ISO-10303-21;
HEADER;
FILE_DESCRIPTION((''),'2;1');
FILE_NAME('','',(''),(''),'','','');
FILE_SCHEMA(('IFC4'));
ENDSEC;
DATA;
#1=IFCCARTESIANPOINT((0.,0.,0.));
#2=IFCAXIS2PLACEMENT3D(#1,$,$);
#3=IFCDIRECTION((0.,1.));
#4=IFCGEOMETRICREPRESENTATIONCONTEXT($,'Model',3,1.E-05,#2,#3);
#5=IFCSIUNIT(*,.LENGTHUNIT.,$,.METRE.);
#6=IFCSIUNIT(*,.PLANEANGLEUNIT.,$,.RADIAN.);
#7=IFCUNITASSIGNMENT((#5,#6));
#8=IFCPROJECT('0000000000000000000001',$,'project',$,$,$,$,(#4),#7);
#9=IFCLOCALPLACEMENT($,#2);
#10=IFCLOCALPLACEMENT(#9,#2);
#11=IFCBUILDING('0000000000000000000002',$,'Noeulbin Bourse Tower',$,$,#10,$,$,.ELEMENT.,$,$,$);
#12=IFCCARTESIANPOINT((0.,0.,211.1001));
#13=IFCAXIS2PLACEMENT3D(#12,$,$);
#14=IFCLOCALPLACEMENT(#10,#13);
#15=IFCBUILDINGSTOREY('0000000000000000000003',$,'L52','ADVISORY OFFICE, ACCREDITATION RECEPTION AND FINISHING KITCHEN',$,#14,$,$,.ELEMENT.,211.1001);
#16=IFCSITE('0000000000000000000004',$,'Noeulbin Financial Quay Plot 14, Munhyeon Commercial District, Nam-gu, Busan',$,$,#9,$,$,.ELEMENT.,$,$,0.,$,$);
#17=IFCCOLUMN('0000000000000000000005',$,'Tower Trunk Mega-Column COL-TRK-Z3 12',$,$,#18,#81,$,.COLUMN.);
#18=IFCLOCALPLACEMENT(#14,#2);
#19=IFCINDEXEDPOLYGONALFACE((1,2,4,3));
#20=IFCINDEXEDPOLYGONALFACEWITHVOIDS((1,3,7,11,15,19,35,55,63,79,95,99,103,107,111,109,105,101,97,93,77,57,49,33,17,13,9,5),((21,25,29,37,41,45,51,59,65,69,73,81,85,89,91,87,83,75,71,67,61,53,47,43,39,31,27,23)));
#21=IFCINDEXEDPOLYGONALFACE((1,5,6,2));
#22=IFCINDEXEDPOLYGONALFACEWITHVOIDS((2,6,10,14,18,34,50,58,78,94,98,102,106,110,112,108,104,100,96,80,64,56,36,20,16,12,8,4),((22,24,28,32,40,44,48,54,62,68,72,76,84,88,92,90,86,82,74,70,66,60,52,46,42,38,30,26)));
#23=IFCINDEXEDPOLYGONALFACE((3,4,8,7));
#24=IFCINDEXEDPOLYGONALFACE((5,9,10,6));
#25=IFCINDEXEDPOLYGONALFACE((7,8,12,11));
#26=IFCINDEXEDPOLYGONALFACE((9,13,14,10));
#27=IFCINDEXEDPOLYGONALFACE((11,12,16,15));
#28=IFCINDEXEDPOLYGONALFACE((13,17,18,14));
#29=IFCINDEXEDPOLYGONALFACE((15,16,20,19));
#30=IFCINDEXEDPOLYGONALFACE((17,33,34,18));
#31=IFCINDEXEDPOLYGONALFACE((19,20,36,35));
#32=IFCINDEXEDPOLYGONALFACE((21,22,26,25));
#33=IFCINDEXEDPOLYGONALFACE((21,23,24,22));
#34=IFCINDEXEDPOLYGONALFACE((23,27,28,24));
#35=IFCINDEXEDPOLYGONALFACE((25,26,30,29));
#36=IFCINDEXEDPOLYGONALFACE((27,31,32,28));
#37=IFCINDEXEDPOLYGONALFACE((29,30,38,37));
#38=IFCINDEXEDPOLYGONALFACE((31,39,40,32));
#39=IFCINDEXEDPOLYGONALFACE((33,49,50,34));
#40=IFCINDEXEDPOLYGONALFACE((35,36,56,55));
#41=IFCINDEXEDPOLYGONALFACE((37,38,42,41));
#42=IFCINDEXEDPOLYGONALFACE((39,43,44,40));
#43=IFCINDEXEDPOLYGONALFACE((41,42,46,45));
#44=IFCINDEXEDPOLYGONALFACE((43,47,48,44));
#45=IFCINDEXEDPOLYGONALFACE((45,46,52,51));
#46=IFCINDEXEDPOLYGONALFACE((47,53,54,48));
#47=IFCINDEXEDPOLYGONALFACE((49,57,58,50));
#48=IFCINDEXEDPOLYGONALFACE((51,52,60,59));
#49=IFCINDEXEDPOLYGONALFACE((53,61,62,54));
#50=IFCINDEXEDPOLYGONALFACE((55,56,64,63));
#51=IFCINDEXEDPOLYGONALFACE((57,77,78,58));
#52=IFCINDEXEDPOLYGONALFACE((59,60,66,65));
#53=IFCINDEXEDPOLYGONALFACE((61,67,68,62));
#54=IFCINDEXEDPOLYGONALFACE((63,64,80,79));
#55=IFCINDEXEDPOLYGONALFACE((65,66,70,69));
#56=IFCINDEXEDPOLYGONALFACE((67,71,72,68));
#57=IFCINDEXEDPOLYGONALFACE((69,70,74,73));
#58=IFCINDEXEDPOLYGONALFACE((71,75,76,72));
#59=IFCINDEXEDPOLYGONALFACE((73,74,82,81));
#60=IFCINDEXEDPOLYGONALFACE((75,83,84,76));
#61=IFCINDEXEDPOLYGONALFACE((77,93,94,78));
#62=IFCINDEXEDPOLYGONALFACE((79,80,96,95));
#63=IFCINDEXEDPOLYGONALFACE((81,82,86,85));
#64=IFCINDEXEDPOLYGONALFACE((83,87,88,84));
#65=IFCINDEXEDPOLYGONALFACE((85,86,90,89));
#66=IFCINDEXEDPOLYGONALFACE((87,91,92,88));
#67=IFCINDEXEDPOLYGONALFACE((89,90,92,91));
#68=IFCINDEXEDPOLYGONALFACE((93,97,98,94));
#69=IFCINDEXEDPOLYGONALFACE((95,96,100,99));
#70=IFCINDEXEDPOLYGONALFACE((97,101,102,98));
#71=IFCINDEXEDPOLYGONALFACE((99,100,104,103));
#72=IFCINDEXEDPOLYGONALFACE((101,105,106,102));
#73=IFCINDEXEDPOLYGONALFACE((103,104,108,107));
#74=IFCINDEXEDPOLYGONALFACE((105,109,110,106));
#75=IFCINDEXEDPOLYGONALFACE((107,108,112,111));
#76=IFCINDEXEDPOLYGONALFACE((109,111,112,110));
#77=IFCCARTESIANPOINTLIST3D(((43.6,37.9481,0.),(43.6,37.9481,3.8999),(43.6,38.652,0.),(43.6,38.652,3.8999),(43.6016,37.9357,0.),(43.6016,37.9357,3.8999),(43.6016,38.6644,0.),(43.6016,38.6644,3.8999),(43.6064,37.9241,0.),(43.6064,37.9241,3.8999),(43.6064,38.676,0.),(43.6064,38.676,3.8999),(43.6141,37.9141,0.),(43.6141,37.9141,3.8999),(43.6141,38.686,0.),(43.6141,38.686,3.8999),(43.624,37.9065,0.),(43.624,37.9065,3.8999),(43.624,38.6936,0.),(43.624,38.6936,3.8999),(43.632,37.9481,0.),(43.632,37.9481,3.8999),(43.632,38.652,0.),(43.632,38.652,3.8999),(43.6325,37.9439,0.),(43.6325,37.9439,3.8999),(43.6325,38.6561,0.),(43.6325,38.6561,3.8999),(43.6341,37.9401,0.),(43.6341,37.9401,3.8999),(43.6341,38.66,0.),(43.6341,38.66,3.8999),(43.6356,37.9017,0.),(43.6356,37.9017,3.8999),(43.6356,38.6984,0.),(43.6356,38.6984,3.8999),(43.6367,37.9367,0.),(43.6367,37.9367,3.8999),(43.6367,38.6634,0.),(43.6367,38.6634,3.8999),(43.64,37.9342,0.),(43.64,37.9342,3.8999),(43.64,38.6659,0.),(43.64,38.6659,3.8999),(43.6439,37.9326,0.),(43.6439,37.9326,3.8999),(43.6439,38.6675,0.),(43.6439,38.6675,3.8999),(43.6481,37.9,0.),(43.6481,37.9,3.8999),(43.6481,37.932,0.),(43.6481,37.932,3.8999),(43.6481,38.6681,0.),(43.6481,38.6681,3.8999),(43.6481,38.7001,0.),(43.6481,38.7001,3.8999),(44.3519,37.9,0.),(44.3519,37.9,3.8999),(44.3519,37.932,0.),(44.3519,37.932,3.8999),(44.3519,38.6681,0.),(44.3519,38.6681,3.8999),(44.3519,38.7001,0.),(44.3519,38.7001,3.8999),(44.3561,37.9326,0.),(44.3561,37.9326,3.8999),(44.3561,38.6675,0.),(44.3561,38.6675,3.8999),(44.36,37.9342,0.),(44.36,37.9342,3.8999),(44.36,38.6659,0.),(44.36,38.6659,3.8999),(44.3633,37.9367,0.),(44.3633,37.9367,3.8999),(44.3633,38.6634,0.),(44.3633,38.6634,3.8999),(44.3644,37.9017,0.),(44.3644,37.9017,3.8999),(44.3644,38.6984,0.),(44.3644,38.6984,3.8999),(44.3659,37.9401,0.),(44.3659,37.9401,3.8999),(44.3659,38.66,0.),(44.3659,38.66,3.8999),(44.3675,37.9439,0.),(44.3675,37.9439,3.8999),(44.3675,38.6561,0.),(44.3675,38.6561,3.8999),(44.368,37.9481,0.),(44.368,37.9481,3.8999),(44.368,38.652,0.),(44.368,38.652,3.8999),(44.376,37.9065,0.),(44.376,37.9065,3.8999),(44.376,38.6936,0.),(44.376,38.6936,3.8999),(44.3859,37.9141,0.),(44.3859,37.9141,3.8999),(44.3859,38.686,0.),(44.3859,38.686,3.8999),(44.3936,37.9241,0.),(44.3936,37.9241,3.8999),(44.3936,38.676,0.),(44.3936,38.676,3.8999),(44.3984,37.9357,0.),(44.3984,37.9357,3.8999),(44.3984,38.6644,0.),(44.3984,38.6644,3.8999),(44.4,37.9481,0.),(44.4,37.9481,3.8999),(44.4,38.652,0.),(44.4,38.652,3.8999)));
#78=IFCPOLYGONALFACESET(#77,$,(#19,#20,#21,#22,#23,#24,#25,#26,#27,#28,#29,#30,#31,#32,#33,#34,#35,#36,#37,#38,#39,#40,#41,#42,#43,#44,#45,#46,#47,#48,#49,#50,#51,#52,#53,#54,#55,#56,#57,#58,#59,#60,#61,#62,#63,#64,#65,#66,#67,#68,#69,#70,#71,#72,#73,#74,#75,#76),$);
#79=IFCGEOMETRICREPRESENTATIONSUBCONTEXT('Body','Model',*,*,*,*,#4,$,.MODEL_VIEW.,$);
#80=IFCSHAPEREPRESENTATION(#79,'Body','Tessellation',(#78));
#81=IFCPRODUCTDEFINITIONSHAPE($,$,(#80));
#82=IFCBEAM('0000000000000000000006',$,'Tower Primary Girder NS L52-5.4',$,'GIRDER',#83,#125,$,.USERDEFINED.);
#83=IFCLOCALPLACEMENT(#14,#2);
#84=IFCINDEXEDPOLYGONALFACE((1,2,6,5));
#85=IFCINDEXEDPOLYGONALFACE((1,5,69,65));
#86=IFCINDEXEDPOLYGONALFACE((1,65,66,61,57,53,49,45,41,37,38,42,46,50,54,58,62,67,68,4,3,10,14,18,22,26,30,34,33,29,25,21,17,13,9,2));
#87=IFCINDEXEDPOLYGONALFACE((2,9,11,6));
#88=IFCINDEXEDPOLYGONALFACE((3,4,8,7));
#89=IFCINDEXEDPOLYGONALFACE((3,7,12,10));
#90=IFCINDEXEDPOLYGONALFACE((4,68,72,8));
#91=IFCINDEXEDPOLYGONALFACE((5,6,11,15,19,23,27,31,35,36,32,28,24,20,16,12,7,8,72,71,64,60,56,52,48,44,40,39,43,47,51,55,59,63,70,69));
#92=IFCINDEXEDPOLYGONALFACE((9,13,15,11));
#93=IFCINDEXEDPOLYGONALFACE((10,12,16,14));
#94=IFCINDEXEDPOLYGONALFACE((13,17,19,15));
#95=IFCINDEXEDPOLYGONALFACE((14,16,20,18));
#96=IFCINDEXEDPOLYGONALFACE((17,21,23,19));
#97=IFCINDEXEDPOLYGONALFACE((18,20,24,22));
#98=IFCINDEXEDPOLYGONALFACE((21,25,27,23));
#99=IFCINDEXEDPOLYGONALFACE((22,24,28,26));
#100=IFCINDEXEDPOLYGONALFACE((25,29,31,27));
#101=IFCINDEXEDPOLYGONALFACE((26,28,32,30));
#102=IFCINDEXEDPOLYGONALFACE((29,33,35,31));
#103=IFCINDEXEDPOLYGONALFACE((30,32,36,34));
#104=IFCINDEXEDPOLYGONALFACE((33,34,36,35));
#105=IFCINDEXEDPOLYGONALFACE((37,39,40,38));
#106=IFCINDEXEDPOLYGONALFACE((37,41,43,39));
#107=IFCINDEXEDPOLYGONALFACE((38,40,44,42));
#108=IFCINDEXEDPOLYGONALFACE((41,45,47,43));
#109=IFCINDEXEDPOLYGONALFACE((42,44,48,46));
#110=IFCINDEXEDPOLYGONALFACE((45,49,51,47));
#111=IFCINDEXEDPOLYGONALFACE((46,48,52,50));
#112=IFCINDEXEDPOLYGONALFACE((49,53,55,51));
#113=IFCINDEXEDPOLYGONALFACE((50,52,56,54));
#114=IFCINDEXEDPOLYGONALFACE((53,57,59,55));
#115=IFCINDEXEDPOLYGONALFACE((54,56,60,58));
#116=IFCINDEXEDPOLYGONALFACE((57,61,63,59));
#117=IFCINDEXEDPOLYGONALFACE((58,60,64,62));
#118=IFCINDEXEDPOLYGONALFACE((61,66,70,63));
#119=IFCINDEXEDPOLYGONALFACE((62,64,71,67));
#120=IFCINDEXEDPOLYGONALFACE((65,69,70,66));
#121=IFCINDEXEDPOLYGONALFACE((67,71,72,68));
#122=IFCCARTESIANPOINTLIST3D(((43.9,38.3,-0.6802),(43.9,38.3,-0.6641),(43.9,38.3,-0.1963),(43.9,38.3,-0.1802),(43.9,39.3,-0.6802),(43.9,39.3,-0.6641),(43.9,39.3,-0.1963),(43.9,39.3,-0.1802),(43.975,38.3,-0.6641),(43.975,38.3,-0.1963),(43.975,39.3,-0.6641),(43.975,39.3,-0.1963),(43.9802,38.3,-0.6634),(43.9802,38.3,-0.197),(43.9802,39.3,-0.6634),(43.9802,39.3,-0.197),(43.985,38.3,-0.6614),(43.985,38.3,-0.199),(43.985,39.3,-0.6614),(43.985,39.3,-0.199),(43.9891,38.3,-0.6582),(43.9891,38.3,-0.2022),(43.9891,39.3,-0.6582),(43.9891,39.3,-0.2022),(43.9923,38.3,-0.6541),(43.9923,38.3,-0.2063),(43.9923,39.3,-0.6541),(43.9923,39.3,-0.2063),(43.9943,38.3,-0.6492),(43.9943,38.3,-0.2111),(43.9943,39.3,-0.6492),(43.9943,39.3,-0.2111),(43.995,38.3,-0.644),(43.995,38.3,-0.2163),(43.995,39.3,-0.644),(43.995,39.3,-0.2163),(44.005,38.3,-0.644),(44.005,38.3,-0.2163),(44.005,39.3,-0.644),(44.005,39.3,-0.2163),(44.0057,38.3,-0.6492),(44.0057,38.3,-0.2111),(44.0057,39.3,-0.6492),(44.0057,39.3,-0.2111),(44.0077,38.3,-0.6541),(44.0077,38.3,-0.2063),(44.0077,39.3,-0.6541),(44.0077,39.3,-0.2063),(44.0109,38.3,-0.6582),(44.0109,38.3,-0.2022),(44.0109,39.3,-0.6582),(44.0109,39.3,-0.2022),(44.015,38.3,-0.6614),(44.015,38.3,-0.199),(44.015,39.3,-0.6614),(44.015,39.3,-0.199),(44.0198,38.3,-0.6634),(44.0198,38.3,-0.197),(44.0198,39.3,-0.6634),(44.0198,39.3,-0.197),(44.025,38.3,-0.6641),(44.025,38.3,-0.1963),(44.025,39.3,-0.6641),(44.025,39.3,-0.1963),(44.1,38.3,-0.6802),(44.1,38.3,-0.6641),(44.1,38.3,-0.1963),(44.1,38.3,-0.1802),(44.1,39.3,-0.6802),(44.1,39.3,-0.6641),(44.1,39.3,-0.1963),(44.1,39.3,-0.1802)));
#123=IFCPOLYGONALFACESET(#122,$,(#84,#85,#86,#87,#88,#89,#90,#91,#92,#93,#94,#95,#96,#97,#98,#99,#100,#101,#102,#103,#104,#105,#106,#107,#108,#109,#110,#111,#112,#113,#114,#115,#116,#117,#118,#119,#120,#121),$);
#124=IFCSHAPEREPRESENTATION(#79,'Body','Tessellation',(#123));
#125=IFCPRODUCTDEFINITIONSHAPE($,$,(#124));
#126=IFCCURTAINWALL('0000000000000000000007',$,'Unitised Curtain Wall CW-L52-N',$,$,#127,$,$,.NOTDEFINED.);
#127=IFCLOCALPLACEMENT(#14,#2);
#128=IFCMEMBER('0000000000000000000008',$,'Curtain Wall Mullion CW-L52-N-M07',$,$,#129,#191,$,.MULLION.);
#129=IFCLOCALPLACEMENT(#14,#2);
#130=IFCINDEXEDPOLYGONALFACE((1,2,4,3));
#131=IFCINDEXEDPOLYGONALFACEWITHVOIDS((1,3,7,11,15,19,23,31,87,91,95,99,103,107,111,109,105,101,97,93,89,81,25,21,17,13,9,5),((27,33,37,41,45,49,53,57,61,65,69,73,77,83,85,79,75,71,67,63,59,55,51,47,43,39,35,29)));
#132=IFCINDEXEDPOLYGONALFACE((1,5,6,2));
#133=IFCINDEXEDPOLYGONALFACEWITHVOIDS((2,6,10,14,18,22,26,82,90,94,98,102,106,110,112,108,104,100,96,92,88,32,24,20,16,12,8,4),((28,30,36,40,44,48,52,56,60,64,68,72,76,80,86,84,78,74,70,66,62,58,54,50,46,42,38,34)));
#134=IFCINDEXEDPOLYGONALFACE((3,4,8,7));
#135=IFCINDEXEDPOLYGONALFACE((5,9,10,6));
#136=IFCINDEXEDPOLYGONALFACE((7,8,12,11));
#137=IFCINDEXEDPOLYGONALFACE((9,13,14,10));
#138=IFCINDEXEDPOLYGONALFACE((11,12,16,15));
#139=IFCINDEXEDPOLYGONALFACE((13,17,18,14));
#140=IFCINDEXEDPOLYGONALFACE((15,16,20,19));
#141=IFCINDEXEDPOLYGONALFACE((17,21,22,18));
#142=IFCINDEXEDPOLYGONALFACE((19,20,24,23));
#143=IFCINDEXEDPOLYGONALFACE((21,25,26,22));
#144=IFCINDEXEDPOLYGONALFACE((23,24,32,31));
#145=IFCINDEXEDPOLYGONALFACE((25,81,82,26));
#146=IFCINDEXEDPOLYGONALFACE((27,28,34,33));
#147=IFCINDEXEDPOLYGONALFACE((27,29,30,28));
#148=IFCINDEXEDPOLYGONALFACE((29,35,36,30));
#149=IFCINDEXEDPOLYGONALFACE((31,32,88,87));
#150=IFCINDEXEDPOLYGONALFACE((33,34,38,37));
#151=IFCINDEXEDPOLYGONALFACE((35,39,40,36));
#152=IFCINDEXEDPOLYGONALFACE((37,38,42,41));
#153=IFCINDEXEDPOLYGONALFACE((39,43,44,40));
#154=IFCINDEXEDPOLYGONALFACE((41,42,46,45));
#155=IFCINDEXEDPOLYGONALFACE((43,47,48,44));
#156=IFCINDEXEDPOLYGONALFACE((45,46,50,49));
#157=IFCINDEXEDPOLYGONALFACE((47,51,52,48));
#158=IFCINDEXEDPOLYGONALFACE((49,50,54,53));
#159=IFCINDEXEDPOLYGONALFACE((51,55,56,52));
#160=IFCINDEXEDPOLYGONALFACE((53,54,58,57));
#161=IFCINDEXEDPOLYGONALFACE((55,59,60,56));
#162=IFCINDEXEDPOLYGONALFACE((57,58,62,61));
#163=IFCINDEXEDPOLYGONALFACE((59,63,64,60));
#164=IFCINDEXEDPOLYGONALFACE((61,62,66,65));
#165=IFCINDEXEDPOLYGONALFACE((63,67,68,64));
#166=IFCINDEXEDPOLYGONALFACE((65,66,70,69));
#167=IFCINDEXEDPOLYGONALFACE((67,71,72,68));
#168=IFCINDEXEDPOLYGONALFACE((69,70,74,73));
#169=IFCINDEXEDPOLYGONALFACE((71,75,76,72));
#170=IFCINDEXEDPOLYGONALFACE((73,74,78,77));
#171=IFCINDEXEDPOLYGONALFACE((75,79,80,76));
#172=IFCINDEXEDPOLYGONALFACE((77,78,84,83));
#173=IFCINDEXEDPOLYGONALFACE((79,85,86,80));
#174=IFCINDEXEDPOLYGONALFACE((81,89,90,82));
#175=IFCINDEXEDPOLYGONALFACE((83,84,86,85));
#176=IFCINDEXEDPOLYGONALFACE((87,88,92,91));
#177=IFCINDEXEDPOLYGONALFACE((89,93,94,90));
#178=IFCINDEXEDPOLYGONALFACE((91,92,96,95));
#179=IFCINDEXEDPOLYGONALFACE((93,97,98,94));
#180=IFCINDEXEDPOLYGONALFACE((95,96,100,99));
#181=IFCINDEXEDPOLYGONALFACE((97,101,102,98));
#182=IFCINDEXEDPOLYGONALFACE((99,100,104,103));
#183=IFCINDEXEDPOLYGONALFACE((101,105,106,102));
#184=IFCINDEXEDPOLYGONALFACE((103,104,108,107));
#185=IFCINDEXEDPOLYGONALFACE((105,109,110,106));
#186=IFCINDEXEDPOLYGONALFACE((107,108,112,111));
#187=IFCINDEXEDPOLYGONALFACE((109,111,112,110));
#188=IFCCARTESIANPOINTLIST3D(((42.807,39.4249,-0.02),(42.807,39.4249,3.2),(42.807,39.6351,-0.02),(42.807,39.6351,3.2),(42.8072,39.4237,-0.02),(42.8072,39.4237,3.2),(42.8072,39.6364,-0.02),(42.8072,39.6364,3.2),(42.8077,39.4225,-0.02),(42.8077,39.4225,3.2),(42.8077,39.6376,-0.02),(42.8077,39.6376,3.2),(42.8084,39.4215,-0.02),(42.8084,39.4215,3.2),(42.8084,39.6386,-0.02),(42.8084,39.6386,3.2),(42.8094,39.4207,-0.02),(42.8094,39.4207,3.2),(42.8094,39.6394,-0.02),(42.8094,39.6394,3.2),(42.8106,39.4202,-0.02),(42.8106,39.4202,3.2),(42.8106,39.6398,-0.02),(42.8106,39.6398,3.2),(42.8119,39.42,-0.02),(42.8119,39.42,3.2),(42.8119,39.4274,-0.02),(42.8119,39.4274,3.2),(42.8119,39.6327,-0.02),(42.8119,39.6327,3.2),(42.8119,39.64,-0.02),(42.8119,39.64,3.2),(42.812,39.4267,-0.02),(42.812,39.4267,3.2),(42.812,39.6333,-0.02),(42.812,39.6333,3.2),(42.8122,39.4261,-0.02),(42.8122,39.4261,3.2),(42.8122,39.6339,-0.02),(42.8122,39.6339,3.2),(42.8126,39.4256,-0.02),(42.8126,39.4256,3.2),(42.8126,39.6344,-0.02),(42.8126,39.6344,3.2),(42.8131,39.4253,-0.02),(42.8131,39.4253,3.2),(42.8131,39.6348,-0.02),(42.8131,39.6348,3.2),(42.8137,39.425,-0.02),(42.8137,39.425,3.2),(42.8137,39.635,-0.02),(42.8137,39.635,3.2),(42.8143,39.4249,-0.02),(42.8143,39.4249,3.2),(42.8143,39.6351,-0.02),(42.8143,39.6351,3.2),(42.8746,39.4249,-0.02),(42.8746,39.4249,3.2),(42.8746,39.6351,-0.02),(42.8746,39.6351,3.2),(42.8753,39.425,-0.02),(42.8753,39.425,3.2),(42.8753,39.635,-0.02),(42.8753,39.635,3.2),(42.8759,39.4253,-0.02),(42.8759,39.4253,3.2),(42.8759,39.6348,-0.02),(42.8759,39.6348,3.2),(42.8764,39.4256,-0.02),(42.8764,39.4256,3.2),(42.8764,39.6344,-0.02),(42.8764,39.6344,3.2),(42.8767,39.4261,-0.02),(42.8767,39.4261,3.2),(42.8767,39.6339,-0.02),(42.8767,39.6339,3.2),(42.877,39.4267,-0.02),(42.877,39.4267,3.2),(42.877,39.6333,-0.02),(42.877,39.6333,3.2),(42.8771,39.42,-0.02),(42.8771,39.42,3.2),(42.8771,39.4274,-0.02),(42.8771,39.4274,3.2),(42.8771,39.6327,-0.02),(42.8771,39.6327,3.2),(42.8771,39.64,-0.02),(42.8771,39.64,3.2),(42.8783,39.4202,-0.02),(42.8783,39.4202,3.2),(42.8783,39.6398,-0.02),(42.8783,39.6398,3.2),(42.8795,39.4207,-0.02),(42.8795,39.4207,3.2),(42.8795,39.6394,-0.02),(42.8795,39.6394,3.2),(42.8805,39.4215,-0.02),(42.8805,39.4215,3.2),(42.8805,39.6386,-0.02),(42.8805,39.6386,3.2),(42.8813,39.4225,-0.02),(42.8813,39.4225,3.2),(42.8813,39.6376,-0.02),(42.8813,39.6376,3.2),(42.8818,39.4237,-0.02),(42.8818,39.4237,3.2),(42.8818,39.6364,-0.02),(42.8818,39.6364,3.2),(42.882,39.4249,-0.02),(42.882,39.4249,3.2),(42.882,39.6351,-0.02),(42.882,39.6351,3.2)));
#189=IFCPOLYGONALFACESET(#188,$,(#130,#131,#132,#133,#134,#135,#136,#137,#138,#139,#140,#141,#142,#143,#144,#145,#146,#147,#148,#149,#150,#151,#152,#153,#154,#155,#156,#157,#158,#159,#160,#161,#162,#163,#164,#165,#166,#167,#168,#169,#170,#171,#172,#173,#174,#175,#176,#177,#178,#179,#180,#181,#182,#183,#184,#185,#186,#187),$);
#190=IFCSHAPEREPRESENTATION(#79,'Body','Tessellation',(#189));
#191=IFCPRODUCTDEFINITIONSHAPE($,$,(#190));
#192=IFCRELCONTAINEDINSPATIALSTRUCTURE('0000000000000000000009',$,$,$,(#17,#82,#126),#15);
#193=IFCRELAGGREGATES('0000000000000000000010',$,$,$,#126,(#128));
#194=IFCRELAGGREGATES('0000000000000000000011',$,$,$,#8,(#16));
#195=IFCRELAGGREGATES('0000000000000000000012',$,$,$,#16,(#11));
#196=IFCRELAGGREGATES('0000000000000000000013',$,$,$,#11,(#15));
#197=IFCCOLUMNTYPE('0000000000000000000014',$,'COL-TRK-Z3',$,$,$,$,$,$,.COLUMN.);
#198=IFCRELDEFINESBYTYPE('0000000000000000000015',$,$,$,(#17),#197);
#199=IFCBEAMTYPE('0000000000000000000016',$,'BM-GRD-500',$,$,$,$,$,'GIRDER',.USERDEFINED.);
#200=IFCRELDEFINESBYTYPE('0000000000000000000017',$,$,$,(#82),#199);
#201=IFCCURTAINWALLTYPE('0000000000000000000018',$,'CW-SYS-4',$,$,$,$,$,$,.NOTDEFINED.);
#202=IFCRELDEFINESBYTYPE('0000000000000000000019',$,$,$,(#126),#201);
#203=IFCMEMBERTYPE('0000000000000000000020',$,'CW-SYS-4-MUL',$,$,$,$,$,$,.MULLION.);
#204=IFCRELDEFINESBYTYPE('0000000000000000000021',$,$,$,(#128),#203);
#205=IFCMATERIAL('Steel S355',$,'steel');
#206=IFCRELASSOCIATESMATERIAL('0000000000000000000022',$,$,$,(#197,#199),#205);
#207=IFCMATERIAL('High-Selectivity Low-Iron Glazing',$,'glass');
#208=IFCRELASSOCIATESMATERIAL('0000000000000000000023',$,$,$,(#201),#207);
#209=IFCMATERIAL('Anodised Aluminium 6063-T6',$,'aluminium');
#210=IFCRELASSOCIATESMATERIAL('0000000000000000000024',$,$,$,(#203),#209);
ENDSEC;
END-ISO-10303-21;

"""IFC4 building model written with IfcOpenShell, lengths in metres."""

from ifc_helpers import new_model, si_unit, direction, frame, origin, origin_2d, place, context, subcontext, project, spatial, hollow_rectangle, i_section, extrude, material, material_profile, profile_set, type_object, element, aggregate, save


model = new_model("IFC4")

# Units and contexts
model_context = context("Model", 3, precision=1e-05, world=origin(), true_north=direction((0.0, 1.0)))
body_context = subcontext(model_context, "Body", "Model", "MODEL_VIEW")
ifc_project = project(units=[si_unit("LENGTHUNIT", "METRE"), si_unit("PLANEANGLEUNIT", "RADIAN")], contexts=[model_context])

# Site, building, storey
site_placement = place(None, origin())
site = spatial("IfcSite", under=ifc_project, at=site_placement, Name="Noeulbin Financial Quay Plot 14, Munhyeon Commercial District, Nam-gu, Busan", CompositionType="ELEMENT", RefElevation=0.0)
building_placement = place(site_placement, origin())
building = spatial("IfcBuilding", under=site, at=building_placement, Name="Noeulbin Bourse Tower", CompositionType="ELEMENT")
storey_placement = place(building_placement, frame((0.0, 0.0, 211.1001)))
storey = spatial("IfcBuildingStorey", under=building, at=storey_placement, Name="L52", Description="ADVISORY OFFICE, ACCREDITATION RECEPTION AND FINISHING KITCHEN", CompositionType="ELEMENT", Elevation=211.1001)

# Column
ifc_material_1 = material(Name="Steel S355", Category="steel")
ifc_material_profile_1 = material_profile(ifc_material_1, hollow_rectangle(XDim=0.8, YDim=0.8, WallThickness=0.032, InnerFilletRadius=0.0161, OuterFilletRadius=0.0481, at=origin_2d()), Name="BOX-800x800x32", Category="LoadBearing")
ifc_profile_set_1 = profile_set([ifc_material_profile_1], Name="Steel S355")
column_type = type_object("IfcColumnType", Name="COL-TRK-Z3", PredefinedType="COLUMN", material=ifc_profile_set_1)
column_placement = place(storey_placement, frame((44.0, 38.3, 0.0), z_axis=(0.0, 0.0, 1.0), x_axis=(1.0, 0.0, 0.0)))
element("IfcColumn", 1, at=column_placement, inside=storey, type_object=column_type, Name="Tower Trunk Mega-Column COL-TRK-Z3 12", PredefinedType="COLUMN", context=body_context, shape_type="SweptSolid", body=[
    extrude(hollow_rectangle(XDim=0.8, YDim=0.8, WallThickness=0.032, InnerFilletRadius=0.0161, OuterFilletRadius=0.0481, at=origin_2d()), origin(), (0.0, 0.0, 1.0), 3.8999),
])

# Beam
ifc_material_profile_2 = material_profile(ifc_material_1, i_section(OverallWidth=0.2, OverallDepth=0.5, WebThickness=0.01, FlangeThickness=0.0161, FilletRadius=0.02, at=origin_2d()), Name="H-500x200x10x16", Category="LoadBearing")
ifc_profile_set_2 = profile_set([ifc_material_profile_2], Name="Steel S355")
beam_type = type_object("IfcBeamType", Name="BM-GRD-500", ElementType="GIRDER", PredefinedType="USERDEFINED", material=ifc_profile_set_2)
beam_placement = place(storey_placement, frame((44.0, 38.3, -0.4302), z_axis=(0.0, 1.0, 0.0), x_axis=(-1.0, 0.0, 0.0)))
element("IfcBeam", 2, at=beam_placement, inside=storey, type_object=beam_type, Name="Tower Primary Girder NS L52-5.4", ObjectType="GIRDER", PredefinedType="USERDEFINED", context=body_context, shape_type="SweptSolid", body=[
    extrude(i_section(OverallWidth=0.2, OverallDepth=0.5, WebThickness=0.01, FlangeThickness=0.0161, FilletRadius=0.02, at=origin_2d()), origin(), (0.0, 0.0, 1.0), 1.0),
])

# Curtain wall, member
ifc_material_2 = material(Name="High-Selectivity Low-Iron Glazing", Category="glass")
curtain_wall_type = type_object("IfcCurtainWallType", Name="CW-SYS-4", PredefinedType="NOTDEFINED", material=ifc_material_2)
curtain_wall_1_placement = place(storey_placement, origin())
curtain_wall_1 = element("IfcCurtainWall", 3, at=curtain_wall_1_placement, inside=storey, type_object=curtain_wall_type, Name="Unitised Curtain Wall CW-L52-N", PredefinedType="NOTDEFINED")
ifc_material_3 = material(Name="Anodised Aluminium 6063-T6", Category="aluminium")
ifc_material_profile_3 = material_profile(ifc_material_3, hollow_rectangle(XDim=0.075, YDim=0.22, WallThickness=0.0049, InnerFilletRadius=0.0024, OuterFilletRadius=0.0049, at=origin_2d()), Name="ALU-MULL-75x220x5", Category="LoadBearing")
ifc_profile_set_3 = profile_set([ifc_material_profile_3], Name="Anodised Aluminium 6063-T6")
member_type_1 = type_object("IfcMemberType", Name="CW-SYS-4-MUL", PredefinedType="MULLION", material=ifc_profile_set_3)
member_1_placement = place(storey_placement, frame((42.8445, 39.53, -0.02), z_axis=(0.0, 0.0, 1.0), x_axis=(1.0, 0.0, 0.0)))
member_1 = element("IfcMember", 4, at=member_1_placement, type_object=member_type_1, Name="Curtain Wall Mullion CW-L52-N-M07", PredefinedType="MULLION", context=body_context, shape_type="SweptSolid", body=[
    extrude(hollow_rectangle(XDim=0.075, YDim=0.22, WallThickness=0.0049, InnerFilletRadius=0.0024, OuterFilletRadius=0.0049, at=origin_2d()), origin(), (0.0, 0.0, 1.0), 3.22),
])

aggregate(curtain_wall_1, [member_1])

save(model, "model.ifc")
